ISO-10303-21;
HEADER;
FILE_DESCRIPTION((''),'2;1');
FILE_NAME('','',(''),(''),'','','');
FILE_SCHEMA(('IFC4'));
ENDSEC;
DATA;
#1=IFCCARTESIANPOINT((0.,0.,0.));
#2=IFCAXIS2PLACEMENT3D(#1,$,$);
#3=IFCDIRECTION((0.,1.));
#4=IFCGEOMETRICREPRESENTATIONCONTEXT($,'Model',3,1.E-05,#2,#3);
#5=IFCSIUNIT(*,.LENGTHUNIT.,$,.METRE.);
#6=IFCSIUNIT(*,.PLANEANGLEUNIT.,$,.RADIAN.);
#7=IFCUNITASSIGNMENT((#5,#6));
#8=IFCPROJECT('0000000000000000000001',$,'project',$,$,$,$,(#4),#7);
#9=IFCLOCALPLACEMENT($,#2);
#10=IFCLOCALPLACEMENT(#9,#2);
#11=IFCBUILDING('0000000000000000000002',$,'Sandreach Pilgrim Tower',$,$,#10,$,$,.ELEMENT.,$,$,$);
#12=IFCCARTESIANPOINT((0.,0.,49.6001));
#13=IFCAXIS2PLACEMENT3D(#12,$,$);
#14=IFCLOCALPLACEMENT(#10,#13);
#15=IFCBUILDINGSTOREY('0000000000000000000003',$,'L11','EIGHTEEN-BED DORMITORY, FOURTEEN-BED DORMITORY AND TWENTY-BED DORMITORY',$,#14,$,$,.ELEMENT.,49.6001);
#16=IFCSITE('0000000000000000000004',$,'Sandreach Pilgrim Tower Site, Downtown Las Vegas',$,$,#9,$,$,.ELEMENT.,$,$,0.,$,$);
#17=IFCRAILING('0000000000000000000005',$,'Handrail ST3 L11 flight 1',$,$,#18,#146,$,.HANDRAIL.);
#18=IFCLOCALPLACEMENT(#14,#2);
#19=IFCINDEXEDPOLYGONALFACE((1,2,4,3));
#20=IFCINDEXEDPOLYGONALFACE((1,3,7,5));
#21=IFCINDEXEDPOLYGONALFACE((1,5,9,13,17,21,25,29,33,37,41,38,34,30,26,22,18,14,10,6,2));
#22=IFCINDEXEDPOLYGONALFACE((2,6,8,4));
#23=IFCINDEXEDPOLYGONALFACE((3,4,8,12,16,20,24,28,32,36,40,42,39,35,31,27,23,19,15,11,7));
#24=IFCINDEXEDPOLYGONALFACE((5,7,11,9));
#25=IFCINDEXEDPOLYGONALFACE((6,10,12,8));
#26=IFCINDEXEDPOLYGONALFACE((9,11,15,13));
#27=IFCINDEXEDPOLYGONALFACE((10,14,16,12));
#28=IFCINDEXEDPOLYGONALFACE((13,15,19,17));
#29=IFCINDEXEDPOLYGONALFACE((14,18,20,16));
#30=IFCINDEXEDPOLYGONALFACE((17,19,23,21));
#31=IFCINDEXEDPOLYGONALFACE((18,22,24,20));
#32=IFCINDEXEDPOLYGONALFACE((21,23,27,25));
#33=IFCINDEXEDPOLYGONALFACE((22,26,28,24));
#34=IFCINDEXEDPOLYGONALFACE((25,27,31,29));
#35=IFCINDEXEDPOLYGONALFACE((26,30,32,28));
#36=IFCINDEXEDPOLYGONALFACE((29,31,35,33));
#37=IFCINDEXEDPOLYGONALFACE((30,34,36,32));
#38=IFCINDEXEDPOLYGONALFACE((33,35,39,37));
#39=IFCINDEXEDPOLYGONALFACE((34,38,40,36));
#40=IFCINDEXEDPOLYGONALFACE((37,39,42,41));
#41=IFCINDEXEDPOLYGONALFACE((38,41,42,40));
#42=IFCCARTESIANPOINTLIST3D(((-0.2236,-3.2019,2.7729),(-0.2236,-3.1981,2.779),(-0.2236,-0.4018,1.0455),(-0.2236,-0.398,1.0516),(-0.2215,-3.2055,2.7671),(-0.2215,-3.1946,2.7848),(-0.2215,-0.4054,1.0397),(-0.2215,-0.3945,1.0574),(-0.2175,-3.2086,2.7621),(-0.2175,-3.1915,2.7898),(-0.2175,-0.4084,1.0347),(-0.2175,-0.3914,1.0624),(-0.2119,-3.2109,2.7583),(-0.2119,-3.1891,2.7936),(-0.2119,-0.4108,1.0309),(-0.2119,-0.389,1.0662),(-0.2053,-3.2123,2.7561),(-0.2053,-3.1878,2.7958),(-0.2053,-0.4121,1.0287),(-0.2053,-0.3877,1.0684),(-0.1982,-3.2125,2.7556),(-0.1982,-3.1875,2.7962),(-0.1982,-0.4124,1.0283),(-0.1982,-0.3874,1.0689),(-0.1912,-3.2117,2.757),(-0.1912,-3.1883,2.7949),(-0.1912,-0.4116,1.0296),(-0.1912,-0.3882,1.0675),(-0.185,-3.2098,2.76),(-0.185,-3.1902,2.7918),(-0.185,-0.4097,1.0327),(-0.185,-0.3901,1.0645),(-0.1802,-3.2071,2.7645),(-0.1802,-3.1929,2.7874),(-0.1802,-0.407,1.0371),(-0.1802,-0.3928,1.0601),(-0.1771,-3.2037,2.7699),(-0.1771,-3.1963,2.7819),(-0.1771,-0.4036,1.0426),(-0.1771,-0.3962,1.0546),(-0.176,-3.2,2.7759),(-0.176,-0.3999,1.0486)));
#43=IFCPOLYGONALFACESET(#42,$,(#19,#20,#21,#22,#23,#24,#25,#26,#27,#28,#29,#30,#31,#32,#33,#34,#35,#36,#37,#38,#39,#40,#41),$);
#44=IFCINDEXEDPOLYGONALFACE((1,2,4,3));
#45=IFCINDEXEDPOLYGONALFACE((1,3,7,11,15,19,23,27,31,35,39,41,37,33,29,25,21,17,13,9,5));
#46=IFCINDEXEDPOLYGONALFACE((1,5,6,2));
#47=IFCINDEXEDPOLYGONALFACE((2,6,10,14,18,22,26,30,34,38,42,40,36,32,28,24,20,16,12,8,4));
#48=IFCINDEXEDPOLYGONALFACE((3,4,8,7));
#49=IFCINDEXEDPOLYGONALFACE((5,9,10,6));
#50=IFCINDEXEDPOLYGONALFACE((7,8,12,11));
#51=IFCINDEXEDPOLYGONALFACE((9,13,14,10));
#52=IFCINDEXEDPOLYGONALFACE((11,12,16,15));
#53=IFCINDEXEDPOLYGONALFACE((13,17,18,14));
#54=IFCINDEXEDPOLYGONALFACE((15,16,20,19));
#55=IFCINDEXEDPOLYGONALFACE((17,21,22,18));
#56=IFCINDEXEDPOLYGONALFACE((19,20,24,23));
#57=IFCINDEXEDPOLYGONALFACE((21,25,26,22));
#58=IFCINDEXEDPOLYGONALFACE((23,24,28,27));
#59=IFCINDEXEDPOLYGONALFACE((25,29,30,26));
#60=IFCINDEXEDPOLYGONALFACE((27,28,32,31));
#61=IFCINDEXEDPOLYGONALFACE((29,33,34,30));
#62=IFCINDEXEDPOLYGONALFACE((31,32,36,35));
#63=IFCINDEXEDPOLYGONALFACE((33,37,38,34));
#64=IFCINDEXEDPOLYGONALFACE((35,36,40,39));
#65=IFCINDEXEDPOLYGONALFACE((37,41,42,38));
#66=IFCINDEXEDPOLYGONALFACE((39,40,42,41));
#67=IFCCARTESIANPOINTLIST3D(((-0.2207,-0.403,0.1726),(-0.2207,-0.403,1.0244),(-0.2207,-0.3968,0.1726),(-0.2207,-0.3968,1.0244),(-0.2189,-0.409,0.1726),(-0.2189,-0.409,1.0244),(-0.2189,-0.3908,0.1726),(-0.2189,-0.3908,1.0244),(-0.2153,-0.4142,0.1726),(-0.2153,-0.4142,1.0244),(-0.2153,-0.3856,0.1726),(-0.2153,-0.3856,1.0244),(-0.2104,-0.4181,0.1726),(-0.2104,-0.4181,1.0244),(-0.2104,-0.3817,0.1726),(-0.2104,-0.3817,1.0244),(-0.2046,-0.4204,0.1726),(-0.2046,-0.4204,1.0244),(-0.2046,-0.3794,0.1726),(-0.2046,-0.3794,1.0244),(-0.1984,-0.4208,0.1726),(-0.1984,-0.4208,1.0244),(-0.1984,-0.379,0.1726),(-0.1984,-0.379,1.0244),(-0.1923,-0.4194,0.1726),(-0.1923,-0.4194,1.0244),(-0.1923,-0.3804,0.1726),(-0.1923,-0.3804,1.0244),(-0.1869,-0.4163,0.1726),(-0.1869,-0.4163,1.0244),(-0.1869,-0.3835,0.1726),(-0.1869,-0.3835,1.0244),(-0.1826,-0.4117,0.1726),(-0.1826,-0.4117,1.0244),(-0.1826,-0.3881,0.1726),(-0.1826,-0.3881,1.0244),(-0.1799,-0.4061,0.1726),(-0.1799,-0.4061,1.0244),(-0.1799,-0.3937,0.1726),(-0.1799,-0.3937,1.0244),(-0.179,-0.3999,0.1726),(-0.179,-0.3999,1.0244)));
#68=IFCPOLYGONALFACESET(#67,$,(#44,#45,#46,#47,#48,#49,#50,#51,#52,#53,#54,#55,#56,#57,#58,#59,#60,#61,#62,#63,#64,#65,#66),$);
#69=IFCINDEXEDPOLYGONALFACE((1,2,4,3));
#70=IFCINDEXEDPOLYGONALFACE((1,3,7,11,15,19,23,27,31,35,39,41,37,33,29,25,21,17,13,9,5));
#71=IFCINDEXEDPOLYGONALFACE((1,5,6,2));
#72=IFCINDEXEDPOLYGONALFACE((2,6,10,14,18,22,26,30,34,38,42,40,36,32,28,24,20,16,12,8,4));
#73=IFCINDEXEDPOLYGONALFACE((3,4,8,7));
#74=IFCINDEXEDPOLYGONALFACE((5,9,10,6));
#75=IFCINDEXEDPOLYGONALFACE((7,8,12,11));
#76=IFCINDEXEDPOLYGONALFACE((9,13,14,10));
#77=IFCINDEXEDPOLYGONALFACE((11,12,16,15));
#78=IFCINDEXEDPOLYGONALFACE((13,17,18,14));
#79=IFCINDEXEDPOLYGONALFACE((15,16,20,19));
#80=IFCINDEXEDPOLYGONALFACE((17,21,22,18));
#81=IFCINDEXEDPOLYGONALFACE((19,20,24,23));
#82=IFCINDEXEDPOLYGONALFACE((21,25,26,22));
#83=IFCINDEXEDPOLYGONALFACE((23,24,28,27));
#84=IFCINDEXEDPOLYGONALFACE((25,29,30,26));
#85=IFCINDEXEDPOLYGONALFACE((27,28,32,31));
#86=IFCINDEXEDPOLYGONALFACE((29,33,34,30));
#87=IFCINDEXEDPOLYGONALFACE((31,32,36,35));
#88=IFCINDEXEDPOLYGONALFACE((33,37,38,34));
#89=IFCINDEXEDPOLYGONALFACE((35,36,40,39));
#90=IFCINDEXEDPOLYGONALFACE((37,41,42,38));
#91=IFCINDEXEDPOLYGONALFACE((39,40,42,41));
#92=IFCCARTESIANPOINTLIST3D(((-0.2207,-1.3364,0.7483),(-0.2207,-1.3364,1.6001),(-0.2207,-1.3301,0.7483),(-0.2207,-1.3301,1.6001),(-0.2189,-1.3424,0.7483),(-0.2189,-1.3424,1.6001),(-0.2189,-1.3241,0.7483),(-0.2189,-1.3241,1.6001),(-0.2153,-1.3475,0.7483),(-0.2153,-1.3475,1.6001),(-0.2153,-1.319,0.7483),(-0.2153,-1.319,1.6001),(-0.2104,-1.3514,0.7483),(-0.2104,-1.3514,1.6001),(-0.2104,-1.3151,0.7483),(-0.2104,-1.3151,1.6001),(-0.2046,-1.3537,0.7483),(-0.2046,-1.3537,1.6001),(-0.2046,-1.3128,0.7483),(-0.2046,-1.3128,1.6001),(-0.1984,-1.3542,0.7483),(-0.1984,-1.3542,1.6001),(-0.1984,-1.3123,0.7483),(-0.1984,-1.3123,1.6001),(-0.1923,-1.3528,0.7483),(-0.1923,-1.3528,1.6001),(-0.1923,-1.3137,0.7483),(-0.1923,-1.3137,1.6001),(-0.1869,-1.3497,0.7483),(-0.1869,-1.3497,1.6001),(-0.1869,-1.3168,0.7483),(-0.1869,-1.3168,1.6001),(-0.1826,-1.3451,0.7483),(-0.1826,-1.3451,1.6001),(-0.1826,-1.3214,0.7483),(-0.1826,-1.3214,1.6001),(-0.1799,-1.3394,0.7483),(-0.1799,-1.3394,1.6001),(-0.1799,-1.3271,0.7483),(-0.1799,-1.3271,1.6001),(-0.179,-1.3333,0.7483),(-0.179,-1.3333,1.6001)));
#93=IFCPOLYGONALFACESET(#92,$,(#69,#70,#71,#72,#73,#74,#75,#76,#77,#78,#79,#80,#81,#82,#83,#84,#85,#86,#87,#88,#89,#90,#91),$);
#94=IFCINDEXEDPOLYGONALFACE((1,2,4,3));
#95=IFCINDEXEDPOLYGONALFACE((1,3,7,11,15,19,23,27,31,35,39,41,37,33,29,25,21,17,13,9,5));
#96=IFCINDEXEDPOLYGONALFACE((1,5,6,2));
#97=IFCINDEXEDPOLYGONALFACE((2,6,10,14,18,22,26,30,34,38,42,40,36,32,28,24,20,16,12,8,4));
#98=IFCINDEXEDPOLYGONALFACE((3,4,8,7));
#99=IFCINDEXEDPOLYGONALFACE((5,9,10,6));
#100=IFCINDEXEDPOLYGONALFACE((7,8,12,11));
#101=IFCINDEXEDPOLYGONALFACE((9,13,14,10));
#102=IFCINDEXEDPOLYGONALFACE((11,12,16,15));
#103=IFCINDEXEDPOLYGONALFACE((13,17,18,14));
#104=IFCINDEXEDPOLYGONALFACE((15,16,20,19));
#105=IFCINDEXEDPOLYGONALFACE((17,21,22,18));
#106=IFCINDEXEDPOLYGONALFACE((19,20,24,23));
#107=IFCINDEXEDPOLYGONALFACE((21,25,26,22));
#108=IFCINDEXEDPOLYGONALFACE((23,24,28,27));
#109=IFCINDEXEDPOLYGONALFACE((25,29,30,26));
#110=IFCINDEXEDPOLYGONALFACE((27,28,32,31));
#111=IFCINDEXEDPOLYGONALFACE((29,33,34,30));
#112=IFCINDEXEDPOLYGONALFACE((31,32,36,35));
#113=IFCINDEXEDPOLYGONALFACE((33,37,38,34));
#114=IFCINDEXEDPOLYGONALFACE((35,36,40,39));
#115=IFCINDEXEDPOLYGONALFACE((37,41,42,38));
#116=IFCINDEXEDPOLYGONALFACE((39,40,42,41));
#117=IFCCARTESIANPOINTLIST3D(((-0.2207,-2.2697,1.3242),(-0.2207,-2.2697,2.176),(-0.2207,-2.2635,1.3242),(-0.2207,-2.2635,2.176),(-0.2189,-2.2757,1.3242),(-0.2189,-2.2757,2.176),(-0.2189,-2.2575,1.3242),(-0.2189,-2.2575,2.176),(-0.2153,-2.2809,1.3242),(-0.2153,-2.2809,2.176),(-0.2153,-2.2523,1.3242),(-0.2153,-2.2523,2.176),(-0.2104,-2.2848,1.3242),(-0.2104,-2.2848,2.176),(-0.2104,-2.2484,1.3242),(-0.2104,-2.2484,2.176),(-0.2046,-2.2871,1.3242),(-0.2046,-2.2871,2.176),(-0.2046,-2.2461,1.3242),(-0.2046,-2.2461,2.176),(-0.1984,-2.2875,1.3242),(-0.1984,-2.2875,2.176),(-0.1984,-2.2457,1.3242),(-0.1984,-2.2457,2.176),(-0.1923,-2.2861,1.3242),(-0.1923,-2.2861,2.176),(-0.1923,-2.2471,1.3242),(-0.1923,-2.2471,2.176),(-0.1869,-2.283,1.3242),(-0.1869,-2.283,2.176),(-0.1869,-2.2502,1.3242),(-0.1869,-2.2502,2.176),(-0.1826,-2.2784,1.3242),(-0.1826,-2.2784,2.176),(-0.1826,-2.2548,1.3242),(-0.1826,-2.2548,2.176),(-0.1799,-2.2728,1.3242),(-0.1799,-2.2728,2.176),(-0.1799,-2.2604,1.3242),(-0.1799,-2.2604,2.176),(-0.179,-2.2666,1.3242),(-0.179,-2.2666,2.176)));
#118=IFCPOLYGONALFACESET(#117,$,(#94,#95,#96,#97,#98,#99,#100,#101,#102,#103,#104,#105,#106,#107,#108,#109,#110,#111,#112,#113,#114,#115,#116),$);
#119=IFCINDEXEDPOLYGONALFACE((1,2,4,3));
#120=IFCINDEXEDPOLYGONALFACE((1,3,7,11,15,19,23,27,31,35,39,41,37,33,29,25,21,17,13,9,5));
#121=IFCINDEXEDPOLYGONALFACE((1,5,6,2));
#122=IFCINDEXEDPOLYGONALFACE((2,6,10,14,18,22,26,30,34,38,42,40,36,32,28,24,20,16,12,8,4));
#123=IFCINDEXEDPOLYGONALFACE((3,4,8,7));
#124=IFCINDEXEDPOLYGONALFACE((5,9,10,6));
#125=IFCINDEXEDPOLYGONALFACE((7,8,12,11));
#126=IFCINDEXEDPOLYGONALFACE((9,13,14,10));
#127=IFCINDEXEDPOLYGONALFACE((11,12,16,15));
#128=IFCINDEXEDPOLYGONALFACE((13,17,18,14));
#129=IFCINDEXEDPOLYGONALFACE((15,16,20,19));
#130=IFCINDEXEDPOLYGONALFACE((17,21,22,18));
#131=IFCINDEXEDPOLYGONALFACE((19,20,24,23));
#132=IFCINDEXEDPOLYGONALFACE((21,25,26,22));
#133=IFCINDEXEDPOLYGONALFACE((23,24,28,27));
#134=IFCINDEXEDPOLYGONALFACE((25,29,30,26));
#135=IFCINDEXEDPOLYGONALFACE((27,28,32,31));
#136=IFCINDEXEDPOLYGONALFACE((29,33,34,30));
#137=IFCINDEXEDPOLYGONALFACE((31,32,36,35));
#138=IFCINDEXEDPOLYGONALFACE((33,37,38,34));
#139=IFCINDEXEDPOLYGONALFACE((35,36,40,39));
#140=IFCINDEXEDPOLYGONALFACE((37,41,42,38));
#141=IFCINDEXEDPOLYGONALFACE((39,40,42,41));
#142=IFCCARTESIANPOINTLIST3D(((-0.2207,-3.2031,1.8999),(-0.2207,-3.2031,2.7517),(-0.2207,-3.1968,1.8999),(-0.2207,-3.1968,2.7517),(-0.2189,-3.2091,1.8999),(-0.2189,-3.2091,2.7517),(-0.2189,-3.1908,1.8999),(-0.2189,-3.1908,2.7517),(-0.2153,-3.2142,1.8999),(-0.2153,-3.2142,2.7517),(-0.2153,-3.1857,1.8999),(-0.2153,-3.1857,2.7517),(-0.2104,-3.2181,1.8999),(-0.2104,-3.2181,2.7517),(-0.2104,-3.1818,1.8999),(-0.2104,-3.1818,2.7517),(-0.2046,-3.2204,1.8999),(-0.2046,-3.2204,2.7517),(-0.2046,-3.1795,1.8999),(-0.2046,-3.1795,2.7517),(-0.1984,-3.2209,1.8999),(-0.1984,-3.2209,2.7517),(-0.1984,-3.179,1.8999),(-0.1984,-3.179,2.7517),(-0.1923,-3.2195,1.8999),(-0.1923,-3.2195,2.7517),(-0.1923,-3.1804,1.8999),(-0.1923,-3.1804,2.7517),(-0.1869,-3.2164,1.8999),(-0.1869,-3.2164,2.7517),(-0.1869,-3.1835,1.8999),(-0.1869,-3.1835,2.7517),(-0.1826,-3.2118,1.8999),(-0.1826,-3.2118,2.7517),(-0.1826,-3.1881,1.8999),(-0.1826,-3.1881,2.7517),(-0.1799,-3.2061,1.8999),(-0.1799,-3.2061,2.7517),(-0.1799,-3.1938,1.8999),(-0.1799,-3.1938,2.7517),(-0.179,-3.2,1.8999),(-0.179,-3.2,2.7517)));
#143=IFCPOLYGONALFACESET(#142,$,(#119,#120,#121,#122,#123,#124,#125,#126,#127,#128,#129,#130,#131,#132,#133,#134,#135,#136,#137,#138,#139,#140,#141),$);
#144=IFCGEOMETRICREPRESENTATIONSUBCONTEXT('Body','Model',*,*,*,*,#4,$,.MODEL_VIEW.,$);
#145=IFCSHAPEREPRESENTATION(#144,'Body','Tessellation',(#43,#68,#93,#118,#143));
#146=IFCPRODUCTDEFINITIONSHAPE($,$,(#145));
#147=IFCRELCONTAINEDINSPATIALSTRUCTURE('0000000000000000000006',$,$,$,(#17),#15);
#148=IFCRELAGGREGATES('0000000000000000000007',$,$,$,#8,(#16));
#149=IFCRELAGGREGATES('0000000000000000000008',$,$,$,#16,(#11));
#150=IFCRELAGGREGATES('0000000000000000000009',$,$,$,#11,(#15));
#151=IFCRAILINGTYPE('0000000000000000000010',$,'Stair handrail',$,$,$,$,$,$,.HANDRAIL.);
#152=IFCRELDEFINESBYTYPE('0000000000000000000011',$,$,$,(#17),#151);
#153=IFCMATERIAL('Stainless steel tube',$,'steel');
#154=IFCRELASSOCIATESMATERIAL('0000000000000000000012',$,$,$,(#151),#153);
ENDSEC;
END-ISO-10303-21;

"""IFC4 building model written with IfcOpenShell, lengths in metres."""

from ifc_helpers import new_model, si_unit, direction, frame, origin, origin_2d, place, context, subcontext, project, spatial, circle, extrude, material, type_object, element, save


model = new_model("IFC4")

# Units and contexts
model_context = context("Model", 3, precision=1e-05, world=origin(), true_north=direction((0.0, 1.0)))
body_context = subcontext(model_context, "Body", "Model", "MODEL_VIEW")
ifc_project = project(units=[si_unit("LENGTHUNIT", "METRE"), si_unit("PLANEANGLEUNIT", "RADIAN")], contexts=[model_context])

# Site, building, storey
site_placement = place(None, origin())
site = spatial("IfcSite", under=ifc_project, at=site_placement, Name="Sandreach Pilgrim Tower Site, Downtown Las Vegas", CompositionType="ELEMENT", RefElevation=0.0)
building_placement = place(site_placement, origin())
building = spatial("IfcBuilding", under=site, at=building_placement, Name="Sandreach Pilgrim Tower", CompositionType="ELEMENT")
storey_placement = place(building_placement, frame((0.0, 0.0, 49.6001)))
storey = spatial("IfcBuildingStorey", under=building, at=storey_placement, Name="L11", Description="EIGHTEEN-BED DORMITORY, FOURTEEN-BED DORMITORY AND TWENTY-BED DORMITORY", CompositionType="ELEMENT", Elevation=49.6001)

# Railing
ifc_material_1 = material(Name="Stainless steel tube", Category="steel")
railing_type = type_object("IfcRailingType", Name="Stair handrail", PredefinedType="HANDRAIL", material=ifc_material_1)
for number, where, name in (
    (1, (-0.2, -0.3999, 0.1726), "Handrail ST3 L11 flight 1"),
):
    element("IfcRailing", number, at=place(storey_placement, frame(where)), inside=storey, type_object=railing_type, Name=name, PredefinedType="HANDRAIL", context=body_context, shape_type="SweptSolid", body=[
        extrude(circle(Radius=0.0239, at=origin_2d()), frame((0.0, 0.0, 0.876), z_axis=(0.0, -0.85109, 0.52502), x_axis=(1.0, 0.0, 0.0)), (0.0, 0.0, 1.0), 3.29),
        extrude(circle(Radius=0.021, at=origin_2d()), origin(), (0.0, 0.0, 1.0), 0.8518),
        extrude(circle(Radius=0.021, at=origin_2d()), frame((0.0, -0.9333, 0.5757)), (0.0, 0.0, 1.0), 0.8518),
        extrude(circle(Radius=0.021, at=origin_2d()), frame((0.0, -1.8667, 1.1516)), (0.0, 0.0, 1.0), 0.8518),
        extrude(circle(Radius=0.021, at=origin_2d()), frame((0.0, -2.8, 1.7273)), (0.0, 0.0, 1.0), 0.8518),
    ])

save(model, "model.ifc")
